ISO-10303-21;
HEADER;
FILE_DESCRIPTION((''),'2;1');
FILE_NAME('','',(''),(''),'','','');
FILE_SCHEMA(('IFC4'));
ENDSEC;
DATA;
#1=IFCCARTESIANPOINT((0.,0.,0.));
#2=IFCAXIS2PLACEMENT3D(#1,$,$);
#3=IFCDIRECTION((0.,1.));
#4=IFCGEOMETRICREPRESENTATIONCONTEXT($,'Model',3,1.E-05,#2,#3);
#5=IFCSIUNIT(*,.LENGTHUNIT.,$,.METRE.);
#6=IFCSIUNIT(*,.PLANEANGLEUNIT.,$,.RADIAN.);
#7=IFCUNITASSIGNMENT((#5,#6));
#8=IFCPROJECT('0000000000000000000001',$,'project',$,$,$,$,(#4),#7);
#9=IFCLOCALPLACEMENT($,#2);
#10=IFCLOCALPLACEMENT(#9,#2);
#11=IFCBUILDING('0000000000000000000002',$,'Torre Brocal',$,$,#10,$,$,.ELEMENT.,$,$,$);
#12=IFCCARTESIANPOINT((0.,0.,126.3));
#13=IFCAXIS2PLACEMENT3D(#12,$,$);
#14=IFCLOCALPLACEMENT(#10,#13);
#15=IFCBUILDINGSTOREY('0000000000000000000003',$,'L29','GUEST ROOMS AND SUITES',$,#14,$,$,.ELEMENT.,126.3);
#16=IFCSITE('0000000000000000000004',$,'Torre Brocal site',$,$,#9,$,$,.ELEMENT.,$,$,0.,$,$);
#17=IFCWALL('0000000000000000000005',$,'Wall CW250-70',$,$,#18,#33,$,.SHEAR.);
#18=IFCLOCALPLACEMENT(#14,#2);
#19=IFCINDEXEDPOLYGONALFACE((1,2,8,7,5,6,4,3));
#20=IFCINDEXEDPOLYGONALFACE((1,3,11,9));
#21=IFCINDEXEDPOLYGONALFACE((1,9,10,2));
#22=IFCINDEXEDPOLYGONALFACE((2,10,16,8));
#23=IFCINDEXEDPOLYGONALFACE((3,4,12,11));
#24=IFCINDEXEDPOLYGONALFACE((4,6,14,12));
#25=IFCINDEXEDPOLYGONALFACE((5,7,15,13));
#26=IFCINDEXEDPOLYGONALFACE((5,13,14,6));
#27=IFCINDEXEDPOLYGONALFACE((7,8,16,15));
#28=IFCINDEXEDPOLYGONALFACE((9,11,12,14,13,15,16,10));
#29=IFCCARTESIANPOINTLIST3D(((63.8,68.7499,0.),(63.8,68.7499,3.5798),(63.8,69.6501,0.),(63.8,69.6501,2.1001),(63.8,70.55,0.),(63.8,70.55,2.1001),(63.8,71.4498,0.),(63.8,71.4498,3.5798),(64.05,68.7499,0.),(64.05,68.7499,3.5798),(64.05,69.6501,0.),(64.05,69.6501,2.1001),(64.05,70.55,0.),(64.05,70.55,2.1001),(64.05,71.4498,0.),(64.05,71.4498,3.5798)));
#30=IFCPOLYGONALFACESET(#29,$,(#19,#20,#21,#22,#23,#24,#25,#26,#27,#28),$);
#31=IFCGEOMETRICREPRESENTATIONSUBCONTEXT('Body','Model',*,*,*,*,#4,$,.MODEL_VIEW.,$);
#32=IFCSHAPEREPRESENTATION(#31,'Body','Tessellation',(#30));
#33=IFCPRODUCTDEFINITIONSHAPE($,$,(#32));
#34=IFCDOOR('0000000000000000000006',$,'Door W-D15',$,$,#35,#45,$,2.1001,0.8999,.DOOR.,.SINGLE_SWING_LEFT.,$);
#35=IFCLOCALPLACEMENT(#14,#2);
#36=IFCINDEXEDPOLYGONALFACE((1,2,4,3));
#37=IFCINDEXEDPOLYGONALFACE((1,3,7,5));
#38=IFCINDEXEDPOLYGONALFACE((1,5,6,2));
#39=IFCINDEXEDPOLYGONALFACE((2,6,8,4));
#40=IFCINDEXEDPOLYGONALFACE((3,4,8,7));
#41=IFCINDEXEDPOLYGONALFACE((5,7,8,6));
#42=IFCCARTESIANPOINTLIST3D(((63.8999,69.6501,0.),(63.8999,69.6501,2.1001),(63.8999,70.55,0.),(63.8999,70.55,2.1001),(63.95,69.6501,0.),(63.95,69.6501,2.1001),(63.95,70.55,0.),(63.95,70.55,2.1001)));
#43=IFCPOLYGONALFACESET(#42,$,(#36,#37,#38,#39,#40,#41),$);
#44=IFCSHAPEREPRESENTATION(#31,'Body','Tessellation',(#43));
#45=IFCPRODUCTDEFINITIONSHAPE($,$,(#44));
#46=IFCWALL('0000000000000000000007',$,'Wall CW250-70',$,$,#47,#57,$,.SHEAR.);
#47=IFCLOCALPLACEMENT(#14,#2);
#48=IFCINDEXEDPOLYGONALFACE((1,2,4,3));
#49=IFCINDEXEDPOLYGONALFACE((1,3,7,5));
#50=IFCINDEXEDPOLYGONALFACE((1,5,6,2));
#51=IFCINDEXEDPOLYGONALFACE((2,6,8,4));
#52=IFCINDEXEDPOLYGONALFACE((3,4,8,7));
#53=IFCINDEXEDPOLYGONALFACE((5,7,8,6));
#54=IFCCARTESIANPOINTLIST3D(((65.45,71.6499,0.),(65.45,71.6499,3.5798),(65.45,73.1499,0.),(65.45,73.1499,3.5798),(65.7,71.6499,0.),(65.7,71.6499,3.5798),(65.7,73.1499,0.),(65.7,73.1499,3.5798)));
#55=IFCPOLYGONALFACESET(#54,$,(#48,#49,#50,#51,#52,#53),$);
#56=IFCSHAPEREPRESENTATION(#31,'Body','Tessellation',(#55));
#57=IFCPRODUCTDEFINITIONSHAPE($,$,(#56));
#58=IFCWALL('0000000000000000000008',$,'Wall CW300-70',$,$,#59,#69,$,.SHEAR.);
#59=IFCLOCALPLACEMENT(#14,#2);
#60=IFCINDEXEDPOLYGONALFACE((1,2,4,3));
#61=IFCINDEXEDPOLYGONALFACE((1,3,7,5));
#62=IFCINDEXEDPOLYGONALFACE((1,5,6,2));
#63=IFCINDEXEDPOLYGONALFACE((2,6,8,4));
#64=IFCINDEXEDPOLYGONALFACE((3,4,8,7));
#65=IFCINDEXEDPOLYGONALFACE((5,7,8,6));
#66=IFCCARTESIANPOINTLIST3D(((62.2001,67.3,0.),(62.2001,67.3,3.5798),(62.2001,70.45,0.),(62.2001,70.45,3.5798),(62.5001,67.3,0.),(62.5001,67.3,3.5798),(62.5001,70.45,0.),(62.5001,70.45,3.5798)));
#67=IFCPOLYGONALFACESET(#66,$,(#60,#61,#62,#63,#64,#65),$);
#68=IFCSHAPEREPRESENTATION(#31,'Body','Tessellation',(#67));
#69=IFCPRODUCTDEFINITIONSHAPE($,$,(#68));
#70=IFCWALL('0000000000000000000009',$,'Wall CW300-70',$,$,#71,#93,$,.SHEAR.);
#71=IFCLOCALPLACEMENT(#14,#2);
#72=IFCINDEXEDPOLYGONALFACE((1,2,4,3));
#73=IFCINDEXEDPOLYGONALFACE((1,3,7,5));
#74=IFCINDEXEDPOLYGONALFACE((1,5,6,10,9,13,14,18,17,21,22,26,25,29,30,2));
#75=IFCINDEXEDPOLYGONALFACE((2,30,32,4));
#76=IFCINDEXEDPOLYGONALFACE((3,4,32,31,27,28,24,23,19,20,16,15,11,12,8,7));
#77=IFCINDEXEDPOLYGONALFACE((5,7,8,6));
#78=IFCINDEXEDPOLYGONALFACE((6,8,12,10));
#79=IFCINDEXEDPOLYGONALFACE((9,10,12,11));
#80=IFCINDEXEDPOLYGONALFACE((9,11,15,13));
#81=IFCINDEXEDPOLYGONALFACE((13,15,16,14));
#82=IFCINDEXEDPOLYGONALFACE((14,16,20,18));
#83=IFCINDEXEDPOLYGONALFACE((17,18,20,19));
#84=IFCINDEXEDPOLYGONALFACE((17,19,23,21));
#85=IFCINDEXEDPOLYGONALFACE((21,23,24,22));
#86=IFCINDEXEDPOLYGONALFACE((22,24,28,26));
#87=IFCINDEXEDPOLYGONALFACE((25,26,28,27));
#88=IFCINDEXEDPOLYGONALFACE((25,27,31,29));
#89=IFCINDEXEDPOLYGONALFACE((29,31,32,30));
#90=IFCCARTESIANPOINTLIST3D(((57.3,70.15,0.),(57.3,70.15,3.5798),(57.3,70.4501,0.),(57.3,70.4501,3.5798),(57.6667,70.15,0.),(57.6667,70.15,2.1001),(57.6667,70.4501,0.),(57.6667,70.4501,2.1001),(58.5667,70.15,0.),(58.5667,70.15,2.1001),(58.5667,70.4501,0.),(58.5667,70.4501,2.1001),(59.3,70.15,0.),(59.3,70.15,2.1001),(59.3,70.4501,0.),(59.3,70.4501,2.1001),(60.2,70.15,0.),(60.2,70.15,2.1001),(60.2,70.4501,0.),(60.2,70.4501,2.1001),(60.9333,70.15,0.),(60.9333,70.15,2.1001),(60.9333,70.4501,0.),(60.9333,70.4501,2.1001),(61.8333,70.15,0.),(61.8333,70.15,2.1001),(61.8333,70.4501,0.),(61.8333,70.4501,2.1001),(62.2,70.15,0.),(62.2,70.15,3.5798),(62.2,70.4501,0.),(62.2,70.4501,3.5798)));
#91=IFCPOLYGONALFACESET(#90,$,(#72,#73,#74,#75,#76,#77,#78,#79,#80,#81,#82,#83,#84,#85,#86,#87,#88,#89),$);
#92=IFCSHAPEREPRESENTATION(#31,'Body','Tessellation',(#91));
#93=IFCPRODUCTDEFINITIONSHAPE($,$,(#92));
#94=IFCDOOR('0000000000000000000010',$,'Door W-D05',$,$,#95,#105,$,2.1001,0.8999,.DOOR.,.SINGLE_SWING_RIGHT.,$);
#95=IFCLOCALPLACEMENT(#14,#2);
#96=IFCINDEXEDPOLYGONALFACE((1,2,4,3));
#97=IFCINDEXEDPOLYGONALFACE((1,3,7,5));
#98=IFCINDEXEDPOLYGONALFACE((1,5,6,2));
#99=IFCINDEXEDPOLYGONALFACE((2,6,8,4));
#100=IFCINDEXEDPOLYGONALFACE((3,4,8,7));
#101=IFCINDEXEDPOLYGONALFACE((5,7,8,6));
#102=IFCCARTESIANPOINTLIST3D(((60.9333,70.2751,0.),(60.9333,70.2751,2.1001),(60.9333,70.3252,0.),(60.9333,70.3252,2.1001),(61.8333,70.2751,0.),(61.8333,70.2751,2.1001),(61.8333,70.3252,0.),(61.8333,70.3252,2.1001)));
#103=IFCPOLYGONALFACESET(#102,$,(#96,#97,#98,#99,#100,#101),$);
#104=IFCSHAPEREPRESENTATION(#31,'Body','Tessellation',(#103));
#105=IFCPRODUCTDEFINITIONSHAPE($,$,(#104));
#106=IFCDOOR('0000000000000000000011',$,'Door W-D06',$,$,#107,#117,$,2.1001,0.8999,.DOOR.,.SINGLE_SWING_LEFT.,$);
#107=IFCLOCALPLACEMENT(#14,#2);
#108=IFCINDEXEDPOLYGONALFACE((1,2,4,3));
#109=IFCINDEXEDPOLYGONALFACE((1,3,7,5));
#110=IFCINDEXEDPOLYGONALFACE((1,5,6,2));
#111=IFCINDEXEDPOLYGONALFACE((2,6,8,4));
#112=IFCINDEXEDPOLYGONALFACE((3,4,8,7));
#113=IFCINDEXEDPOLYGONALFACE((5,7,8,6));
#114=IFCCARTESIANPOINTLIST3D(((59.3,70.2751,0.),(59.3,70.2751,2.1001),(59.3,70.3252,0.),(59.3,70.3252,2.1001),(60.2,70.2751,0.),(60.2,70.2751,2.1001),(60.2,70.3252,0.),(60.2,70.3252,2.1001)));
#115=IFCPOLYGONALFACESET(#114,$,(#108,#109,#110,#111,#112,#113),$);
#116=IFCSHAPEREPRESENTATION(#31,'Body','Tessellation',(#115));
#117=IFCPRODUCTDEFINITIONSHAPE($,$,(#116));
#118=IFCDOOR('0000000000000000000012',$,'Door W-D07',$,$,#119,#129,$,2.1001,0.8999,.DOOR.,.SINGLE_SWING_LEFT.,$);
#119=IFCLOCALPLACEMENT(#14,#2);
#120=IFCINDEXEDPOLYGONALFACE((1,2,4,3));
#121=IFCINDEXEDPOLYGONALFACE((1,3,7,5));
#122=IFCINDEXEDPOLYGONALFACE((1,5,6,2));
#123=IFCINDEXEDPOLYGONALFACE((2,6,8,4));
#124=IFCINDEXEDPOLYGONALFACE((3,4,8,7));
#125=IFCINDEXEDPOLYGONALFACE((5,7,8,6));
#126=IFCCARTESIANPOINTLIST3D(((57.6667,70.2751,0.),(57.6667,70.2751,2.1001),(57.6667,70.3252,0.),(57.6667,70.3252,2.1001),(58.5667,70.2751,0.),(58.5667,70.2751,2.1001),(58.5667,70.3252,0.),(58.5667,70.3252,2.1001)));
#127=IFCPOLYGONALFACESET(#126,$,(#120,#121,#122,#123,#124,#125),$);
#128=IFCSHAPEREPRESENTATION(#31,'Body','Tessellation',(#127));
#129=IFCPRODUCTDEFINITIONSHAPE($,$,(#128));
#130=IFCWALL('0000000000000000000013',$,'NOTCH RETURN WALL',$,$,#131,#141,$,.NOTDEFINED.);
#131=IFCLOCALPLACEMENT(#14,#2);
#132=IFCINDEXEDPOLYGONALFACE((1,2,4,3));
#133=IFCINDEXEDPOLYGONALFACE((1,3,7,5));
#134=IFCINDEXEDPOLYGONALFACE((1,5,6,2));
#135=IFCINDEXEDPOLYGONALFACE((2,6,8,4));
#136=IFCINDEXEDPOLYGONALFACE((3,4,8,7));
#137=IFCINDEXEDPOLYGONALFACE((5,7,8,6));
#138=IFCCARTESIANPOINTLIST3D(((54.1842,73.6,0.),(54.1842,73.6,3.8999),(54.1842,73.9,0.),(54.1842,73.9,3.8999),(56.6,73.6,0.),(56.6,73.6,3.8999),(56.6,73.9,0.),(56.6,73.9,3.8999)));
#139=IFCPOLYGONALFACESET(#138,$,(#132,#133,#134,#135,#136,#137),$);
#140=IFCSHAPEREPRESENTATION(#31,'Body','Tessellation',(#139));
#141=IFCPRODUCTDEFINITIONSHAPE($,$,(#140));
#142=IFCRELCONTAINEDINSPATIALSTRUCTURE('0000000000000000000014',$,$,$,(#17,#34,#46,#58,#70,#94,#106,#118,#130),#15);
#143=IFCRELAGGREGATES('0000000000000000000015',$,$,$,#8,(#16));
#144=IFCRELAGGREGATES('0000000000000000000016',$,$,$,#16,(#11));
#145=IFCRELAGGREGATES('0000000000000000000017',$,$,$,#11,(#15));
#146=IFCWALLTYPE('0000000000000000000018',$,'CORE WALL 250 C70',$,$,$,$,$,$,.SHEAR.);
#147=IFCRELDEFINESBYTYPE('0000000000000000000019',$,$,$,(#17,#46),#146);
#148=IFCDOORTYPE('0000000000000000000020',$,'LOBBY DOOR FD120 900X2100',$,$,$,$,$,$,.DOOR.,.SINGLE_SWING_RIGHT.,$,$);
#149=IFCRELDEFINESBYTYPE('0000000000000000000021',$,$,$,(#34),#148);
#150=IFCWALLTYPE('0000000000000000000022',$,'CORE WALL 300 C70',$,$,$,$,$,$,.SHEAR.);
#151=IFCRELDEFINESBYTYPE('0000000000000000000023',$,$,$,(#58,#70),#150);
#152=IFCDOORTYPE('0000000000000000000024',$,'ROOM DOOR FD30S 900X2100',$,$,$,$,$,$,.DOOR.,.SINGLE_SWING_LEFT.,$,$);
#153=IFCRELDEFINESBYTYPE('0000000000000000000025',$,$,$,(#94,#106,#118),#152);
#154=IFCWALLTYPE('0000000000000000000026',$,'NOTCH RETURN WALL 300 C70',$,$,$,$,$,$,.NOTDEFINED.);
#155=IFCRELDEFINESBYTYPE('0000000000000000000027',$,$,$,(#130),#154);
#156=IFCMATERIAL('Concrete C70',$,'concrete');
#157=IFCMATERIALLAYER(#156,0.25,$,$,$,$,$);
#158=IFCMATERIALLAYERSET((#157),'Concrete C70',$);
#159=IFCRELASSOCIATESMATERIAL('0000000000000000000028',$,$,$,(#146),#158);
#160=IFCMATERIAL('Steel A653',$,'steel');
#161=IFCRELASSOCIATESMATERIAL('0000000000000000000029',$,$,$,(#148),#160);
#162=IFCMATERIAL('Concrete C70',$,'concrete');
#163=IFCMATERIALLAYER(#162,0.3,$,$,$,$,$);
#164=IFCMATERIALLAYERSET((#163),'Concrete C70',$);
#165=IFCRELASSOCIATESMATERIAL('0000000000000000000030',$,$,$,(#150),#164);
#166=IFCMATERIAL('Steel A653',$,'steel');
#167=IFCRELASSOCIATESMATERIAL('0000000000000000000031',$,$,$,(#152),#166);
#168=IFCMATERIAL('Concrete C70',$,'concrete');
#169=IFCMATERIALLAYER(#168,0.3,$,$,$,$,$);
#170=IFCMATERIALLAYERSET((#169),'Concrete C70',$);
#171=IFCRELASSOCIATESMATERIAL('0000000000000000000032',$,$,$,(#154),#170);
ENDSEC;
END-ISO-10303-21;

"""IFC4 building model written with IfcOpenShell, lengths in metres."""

from ifc_helpers import new_model, si_unit, direction, frame, frame_2d, origin, place, context, subcontext, project, spatial, rectangle, extrude, material, layer, layer_set, type_object, element, fill, save


model = new_model("IFC4")

# Units and contexts
model_context = context("Model", 3, precision=1e-05, world=origin(), true_north=direction((0.0, 1.0)))
body_context = subcontext(model_context, "Body", "Model", "MODEL_VIEW")
ifc_project = project(units=[si_unit("LENGTHUNIT", "METRE"), si_unit("PLANEANGLEUNIT", "RADIAN")], contexts=[model_context])

# Site, building, storey
site_placement = place(None, origin())
site = spatial("IfcSite", under=ifc_project, at=site_placement, Name="Torre Brocal site", CompositionType="ELEMENT", RefElevation=0.0)
building_placement = place(site_placement, origin())
building = spatial("IfcBuilding", under=site, at=building_placement, Name="Torre Brocal", CompositionType="ELEMENT")
storey_placement = place(building_placement, frame((0.0, 0.0, 126.3)))
storey = spatial("IfcBuildingStorey", under=building, at=storey_placement, Name="L29", Description="GUEST ROOMS AND SUITES", CompositionType="ELEMENT", Elevation=126.3)

# Wall, opening, door
ifc_material_1 = material(Name="Concrete C70", Category="concrete")
ifc_layer_1 = layer(ifc_material_1, 0.25)
ifc_layer_set_1 = layer_set([ifc_layer_1], Name="Concrete C70")
wall_type_1 = type_object("IfcWallType", Name="CORE WALL 250 C70", PredefinedType="SHEAR", material=ifc_layer_set_1)
wall_1_placement = place(storey_placement, frame((63.925, 71.45, 0.0), z_axis=(0.0, 0.0, 1.0), x_axis=(0.0, -1.0, 0.0)))
wall_1 = element("IfcWall", 1, at=wall_1_placement, inside=storey, type_object=wall_type_1, Name="Wall CW250-70", PredefinedType="SHEAR", context=body_context, shape_type="SweptSolid", body=[
    extrude(rectangle(XDim=2.7, YDim=0.25, at=frame_2d((1.3501, 0.0))), origin(), (0.0, 0.0, 1.0), 3.5798),
])
opening_1_placement = place(wall_1_placement, frame((0.8999, 0.0, 0.0)))
opening_1 = element("IfcOpeningElement", 2, at=opening_1_placement, cuts=wall_1, PredefinedType="OPENING", context=body_context, shape_type="SweptSolid", body=[
    extrude(rectangle(XDim=0.8999, YDim=2.1001, at=frame_2d((0.45, 1.05))), frame((0.0, 0.135, 0.0), z_axis=(0.0, -1.0, 0.0), x_axis=(1.0, 0.0, 0.0)), (0.0, 0.0, 1.0), 0.27),
])
ifc_material_2 = material(Name="Steel A653", Category="steel")
door_type_1 = type_object("IfcDoorType", Name="LOBBY DOOR FD120 900X2100", OperationType="SINGLE_SWING_RIGHT", PredefinedType="DOOR", material=ifc_material_2)
door_1_placement = place(opening_1_placement, origin())
door_1 = element("IfcDoor", 3, at=door_1_placement, inside=storey, type_object=door_type_1, Name="Door W-D15", OperationType="SINGLE_SWING_LEFT", OverallHeight=2.1001, OverallWidth=0.8999, PredefinedType="DOOR", context=body_context, shape_type="SweptSolid", body=[
    extrude(rectangle(XDim=0.8999, YDim=2.1001, at=frame_2d((0.45, 1.05))), frame((0.0, 0.0249, 0.0), z_axis=(0.0, -1.0, 0.0), x_axis=(1.0, 0.0, 0.0)), (0.0, 0.0, 1.0), 0.05),
])
fill(opening_1, door_1)

# Walls
wall_2_placement = place(storey_placement, frame((65.575, 73.1499, 0.0), z_axis=(0.0, 0.0, 1.0), x_axis=(0.0, -1.0, 0.0)))
element("IfcWall", 4, at=wall_2_placement, inside=storey, type_object=wall_type_1, Name="Wall CW250-70", PredefinedType="SHEAR", context=body_context, shape_type="SweptSolid", body=[
    extrude(rectangle(XDim=1.5, YDim=0.25, at=frame_2d((0.75, 0.0))), origin(), (0.0, 0.0, 1.0), 3.5798),
])
ifc_material_3 = material(Name="Concrete C70", Category="concrete")
ifc_layer_2 = layer(ifc_material_3, 0.3)
ifc_layer_set_2 = layer_set([ifc_layer_2], Name="Concrete C70")
wall_type_2 = type_object("IfcWallType", Name="CORE WALL 300 C70", PredefinedType="SHEAR", material=ifc_layer_set_2)
wall_3_placement = place(storey_placement, frame((62.3501, 70.45, 0.0), z_axis=(0.0, 0.0, 1.0), x_axis=(0.0, -1.0, 0.0)))
element("IfcWall", 5, at=wall_3_placement, inside=storey, type_object=wall_type_2, Name="Wall CW300-70", PredefinedType="SHEAR", context=body_context, shape_type="SweptSolid", body=[
    extrude(rectangle(XDim=3.1499, YDim=0.3, at=frame_2d((1.575, 0.0))), origin(), (0.0, 0.0, 1.0), 3.5798),
])

# Wall, openings, doors
wall_4_placement = place(storey_placement, frame((62.2, 70.3, 0.0), z_axis=(0.0, 0.0, 1.0), x_axis=(-1.0, 0.0, 0.0)))
wall_4 = element("IfcWall", 6, at=wall_4_placement, inside=storey, type_object=wall_type_2, Name="Wall CW300-70", PredefinedType="SHEAR", context=body_context, shape_type="SweptSolid", body=[
    extrude(rectangle(XDim=4.8999, YDim=0.3, at=frame_2d((2.45, 0.0))), origin(), (0.0, 0.0, 1.0), 3.5798),
])
opening_2_placement = place(wall_4_placement, frame((0.3667, 0.0, 0.0)))
opening_2 = element("IfcOpeningElement", 7, at=opening_2_placement, cuts=wall_4, PredefinedType="OPENING", context=body_context, shape_type="SweptSolid", body=[
    extrude(rectangle(XDim=0.8999, YDim=2.1001, at=frame_2d((0.45, 1.05))), frame((0.0, 0.1599, 0.0), z_axis=(0.0, -1.0, 0.0), x_axis=(1.0, 0.0, 0.0)), (0.0, 0.0, 1.0), 0.3201),
])
opening_3_placement = place(wall_4_placement, frame((2.0, 0.0, 0.0)))
opening_3 = element("IfcOpeningElement", 8, at=opening_3_placement, cuts=wall_4, PredefinedType="OPENING", context=body_context, shape_type="SweptSolid", body=[
    extrude(rectangle(XDim=0.8999, YDim=2.1001, at=frame_2d((0.45, 1.05))), frame((0.0, 0.1599, 0.0), z_axis=(0.0, -1.0, 0.0), x_axis=(1.0, 0.0, 0.0)), (0.0, 0.0, 1.0), 0.3201),
])
opening_4_placement = place(wall_4_placement, frame((3.6333, 0.0, 0.0)))
opening_4 = element("IfcOpeningElement", 9, at=opening_4_placement, cuts=wall_4, PredefinedType="OPENING", context=body_context, shape_type="SweptSolid", body=[
    extrude(rectangle(XDim=0.8999, YDim=2.1001, at=frame_2d((0.45, 1.05))), frame((0.0, 0.1599, 0.0), z_axis=(0.0, -1.0, 0.0), x_axis=(1.0, 0.0, 0.0)), (0.0, 0.0, 1.0), 0.3201),
])
ifc_material_4 = material(Name="Steel A653", Category="steel")
door_type_2 = type_object("IfcDoorType", Name="ROOM DOOR FD30S 900X2100", OperationType="SINGLE_SWING_LEFT", PredefinedType="DOOR", material=ifc_material_4)
door_2_placement = place(opening_2_placement, origin())
door_2 = element("IfcDoor", 10, at=door_2_placement, inside=storey, type_object=door_type_2, Name="Door W-D05", OperationType="SINGLE_SWING_RIGHT", OverallHeight=2.1001, OverallWidth=0.8999, PredefinedType="DOOR", context=body_context, shape_type="SweptSolid", body=[
    extrude(rectangle(XDim=0.8999, YDim=2.1001, at=frame_2d((0.45, 1.05))), frame((0.0, 0.0249, 0.0), z_axis=(0.0, -1.0, 0.0), x_axis=(1.0, 0.0, 0.0)), (0.0, 0.0, 1.0), 0.05),
])
fill(opening_2, door_2)
door_3_placement = place(opening_3_placement, origin())
door_3 = element("IfcDoor", 11, at=door_3_placement, inside=storey, type_object=door_type_2, Name="Door W-D06", OperationType="SINGLE_SWING_LEFT", OverallHeight=2.1001, OverallWidth=0.8999, PredefinedType="DOOR", context=body_context, shape_type="SweptSolid", body=[
    extrude(rectangle(XDim=0.8999, YDim=2.1001, at=frame_2d((0.45, 1.05))), frame((0.0, 0.0249, 0.0), z_axis=(0.0, -1.0, 0.0), x_axis=(1.0, 0.0, 0.0)), (0.0, 0.0, 1.0), 0.05),
])
fill(opening_3, door_3)
door_4_placement = place(opening_4_placement, origin())
door_4 = element("IfcDoor", 12, at=door_4_placement, inside=storey, type_object=door_type_2, Name="Door W-D07", OperationType="SINGLE_SWING_LEFT", OverallHeight=2.1001, OverallWidth=0.8999, PredefinedType="DOOR", context=body_context, shape_type="SweptSolid", body=[
    extrude(rectangle(XDim=0.8999, YDim=2.1001, at=frame_2d((0.45, 1.05))), frame((0.0, 0.0249, 0.0), z_axis=(0.0, -1.0, 0.0), x_axis=(1.0, 0.0, 0.0)), (0.0, 0.0, 1.0), 0.05),
])
fill(opening_4, door_4)

# Wall
ifc_material_5 = material(Name="Concrete C70", Category="concrete")
ifc_layer_3 = layer(ifc_material_5, 0.3)
ifc_layer_set_3 = layer_set([ifc_layer_3], Name="Concrete C70")
wall_type_3 = type_object("IfcWallType", Name="NOTCH RETURN WALL 300 C70", PredefinedType="NOTDEFINED", material=ifc_layer_set_3)
wall_5_placement = place(storey_placement, frame((56.6001, 73.75, 0.0), z_axis=(0.0, 0.0, 1.0), x_axis=(-1.0, 0.0, 0.0)))
element("IfcWall", 13, at=wall_5_placement, inside=storey, type_object=wall_type_3, Name="NOTCH RETURN WALL", PredefinedType="NOTDEFINED", context=body_context, shape_type="SweptSolid", body=[
    extrude(rectangle(XDim=2.4158, YDim=0.3, at=frame_2d((1.208, 0.0))), origin(), (0.0, 0.0, 1.0), 3.8999),
])

save(model, "model.ifc")
